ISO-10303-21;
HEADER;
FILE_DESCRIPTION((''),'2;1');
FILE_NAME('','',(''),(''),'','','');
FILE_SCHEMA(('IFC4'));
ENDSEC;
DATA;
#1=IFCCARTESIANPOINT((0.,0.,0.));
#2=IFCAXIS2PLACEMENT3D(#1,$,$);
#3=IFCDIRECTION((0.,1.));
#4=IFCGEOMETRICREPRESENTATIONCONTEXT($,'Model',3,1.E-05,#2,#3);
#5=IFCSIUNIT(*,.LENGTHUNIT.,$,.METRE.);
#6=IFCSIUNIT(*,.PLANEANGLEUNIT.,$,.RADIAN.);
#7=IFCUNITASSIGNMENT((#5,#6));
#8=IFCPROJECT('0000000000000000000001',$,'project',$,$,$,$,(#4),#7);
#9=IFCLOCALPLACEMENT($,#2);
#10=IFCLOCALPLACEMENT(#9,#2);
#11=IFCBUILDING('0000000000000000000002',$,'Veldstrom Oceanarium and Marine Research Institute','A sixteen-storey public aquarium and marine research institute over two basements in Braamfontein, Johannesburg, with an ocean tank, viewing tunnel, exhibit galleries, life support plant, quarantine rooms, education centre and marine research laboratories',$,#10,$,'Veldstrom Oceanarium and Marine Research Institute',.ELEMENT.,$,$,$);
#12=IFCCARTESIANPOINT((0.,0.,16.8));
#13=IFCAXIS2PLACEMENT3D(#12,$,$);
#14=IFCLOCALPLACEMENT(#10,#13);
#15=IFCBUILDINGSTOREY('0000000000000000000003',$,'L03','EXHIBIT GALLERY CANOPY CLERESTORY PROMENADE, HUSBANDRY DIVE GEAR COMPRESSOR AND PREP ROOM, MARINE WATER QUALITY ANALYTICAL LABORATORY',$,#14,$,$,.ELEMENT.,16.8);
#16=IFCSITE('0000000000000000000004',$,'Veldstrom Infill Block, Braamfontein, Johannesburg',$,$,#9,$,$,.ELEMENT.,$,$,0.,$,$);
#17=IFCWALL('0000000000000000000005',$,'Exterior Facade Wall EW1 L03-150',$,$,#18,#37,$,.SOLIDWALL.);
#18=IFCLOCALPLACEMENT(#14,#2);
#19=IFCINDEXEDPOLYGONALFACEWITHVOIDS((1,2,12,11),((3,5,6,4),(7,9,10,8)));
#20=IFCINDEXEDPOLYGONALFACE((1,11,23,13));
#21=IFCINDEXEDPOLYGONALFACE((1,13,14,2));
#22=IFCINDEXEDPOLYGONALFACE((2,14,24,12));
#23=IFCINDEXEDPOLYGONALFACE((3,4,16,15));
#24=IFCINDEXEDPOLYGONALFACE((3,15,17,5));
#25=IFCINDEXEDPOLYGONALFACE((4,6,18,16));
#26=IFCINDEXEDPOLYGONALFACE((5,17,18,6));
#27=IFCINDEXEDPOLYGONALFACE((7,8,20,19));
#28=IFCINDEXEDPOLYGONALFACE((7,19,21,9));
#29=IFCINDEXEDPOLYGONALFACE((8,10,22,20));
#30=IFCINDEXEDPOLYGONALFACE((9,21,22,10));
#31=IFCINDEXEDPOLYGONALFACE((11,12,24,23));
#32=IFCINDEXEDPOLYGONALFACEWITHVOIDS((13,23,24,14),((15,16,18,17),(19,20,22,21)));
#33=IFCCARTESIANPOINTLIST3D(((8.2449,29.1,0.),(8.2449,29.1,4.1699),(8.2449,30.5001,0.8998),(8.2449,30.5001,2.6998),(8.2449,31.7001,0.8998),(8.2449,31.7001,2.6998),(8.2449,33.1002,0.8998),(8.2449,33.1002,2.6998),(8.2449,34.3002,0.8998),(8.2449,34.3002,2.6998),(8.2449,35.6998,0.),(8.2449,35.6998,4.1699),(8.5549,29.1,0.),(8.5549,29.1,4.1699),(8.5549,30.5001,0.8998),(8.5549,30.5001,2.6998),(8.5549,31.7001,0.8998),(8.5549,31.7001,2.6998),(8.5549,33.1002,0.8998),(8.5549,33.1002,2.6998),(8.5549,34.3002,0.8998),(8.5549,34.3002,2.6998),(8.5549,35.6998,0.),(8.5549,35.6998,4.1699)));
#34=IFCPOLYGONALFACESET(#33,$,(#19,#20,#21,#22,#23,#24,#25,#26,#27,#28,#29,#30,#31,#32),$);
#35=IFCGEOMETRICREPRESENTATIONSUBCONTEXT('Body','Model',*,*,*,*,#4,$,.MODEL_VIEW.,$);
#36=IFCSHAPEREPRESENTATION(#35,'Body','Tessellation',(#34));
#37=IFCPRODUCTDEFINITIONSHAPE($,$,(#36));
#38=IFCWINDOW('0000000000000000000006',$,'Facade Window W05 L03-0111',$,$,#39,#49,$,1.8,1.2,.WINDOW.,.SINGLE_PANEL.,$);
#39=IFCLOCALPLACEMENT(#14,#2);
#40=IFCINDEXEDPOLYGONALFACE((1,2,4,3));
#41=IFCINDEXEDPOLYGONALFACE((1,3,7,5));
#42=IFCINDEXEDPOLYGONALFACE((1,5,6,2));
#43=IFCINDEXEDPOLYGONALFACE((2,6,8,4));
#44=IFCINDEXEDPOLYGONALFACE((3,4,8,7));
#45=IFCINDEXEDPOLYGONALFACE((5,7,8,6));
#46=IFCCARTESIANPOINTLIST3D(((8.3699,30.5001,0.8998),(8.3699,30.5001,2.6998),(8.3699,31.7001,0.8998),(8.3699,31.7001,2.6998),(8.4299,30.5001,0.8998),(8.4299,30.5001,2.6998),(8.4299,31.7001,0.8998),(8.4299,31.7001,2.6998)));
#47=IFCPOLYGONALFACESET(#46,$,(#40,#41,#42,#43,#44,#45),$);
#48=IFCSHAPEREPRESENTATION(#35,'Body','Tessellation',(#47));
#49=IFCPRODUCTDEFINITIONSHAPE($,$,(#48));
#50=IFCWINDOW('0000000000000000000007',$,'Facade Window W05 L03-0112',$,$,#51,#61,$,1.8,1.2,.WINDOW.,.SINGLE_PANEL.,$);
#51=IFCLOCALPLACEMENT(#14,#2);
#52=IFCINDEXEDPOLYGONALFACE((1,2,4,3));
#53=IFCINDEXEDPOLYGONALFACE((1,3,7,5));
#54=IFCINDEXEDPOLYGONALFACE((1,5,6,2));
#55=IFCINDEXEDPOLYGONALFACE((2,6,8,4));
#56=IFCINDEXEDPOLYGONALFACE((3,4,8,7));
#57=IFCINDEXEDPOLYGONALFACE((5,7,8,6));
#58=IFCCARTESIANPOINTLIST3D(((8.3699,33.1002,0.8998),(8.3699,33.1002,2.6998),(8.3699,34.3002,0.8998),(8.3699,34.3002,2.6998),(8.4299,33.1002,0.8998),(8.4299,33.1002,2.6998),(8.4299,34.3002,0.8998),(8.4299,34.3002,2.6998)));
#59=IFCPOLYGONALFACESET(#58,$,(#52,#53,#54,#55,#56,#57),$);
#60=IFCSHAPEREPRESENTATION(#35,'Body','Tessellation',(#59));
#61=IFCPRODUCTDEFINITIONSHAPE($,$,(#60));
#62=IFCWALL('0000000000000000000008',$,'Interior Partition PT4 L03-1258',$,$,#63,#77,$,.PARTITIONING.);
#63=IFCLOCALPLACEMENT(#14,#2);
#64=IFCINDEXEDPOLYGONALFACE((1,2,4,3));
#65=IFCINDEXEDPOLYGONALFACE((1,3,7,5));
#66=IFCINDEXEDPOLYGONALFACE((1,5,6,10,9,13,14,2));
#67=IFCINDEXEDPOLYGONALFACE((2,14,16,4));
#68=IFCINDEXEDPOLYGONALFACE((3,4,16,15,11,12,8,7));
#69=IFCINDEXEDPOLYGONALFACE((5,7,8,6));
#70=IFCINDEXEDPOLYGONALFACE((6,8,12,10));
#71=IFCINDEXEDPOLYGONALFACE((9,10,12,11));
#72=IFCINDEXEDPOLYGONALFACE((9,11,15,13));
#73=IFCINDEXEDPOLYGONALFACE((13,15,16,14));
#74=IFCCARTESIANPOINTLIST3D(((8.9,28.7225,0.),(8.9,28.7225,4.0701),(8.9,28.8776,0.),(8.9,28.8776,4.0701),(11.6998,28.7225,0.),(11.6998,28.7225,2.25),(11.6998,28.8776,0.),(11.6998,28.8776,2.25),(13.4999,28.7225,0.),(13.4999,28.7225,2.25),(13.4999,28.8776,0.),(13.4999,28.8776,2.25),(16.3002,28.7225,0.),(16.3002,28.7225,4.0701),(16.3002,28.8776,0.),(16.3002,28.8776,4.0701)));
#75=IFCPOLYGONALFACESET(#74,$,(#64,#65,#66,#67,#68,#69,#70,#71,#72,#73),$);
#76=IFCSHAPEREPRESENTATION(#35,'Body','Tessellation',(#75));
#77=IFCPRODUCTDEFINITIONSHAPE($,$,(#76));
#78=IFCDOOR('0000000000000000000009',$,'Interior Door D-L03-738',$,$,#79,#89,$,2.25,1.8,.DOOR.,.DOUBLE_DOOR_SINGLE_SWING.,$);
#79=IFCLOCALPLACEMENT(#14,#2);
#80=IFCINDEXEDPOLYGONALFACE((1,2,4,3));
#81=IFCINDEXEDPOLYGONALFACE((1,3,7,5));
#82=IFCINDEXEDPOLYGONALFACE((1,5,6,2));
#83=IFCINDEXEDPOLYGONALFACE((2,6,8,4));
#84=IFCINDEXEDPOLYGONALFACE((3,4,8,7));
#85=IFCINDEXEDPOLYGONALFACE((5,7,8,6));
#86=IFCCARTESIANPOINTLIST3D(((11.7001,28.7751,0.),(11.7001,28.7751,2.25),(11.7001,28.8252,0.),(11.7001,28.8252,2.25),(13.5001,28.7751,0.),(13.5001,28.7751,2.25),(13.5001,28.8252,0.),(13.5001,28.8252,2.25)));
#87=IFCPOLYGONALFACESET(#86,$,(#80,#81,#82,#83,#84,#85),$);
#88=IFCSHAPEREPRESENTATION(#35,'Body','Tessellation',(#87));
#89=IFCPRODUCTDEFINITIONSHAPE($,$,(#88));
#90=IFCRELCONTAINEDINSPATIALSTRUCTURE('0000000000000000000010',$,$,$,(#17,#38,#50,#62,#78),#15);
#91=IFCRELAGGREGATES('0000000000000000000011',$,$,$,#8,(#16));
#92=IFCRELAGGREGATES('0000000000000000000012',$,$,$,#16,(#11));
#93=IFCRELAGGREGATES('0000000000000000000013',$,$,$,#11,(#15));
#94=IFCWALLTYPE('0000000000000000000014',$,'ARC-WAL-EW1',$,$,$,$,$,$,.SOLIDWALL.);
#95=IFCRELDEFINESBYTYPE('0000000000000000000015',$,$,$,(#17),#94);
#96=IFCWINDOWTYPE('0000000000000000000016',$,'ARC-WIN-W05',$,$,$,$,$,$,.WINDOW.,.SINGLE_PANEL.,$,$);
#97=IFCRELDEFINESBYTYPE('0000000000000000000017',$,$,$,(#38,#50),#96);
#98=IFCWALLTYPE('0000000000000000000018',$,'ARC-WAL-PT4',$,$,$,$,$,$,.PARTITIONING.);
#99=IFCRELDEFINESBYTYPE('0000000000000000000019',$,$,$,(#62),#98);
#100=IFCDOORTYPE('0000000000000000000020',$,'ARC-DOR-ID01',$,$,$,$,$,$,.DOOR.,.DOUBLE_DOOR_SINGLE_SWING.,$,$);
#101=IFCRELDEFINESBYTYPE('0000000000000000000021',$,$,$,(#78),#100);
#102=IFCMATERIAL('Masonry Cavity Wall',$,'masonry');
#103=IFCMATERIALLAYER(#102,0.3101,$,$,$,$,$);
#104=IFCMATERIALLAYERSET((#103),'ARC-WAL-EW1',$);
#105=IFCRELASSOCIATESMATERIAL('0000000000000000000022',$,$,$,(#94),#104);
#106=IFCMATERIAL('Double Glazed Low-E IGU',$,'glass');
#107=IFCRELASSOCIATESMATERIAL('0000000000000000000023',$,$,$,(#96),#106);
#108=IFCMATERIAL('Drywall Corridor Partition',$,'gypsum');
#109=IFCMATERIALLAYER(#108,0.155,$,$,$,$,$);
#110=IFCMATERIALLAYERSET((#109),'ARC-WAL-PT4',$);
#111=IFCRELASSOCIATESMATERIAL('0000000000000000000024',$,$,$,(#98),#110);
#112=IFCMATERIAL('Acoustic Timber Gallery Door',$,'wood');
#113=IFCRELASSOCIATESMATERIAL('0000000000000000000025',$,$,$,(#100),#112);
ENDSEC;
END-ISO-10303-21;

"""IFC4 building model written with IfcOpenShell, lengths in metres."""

from ifc_helpers import new_model, si_unit, direction, frame, frame_2d, origin, place, context, subcontext, project, spatial, rectangle, extrude, material, layer, layer_set, type_object, element, fill, save


model = new_model("IFC4")

# Units and contexts
model_context = context("Model", 3, precision=1e-05, world=origin(), true_north=direction((0.0, 1.0)))
body_context = subcontext(model_context, "Body", "Model", "MODEL_VIEW")
ifc_project = project(units=[si_unit("LENGTHUNIT", "METRE"), si_unit("PLANEANGLEUNIT", "RADIAN")], contexts=[model_context])

# Site, building, storey
site_placement = place(None, origin())
site = spatial("IfcSite", under=ifc_project, at=site_placement, Name="Veldstrom Infill Block, Braamfontein, Johannesburg", CompositionType="ELEMENT", RefElevation=0.0)
building_placement = place(site_placement, origin())
building = spatial("IfcBuilding", under=site, at=building_placement, Name="Veldstrom Oceanarium and Marine Research Institute", Description="A sixteen-storey public aquarium and marine research institute over two basements in Braamfontein, Johannesburg, with an ocean tank, viewing tunnel, exhibit galleries, life support plant, quarantine rooms, education centre and marine research laboratories", LongName="Veldstrom Oceanarium and Marine Research Institute", CompositionType="ELEMENT")
storey_placement = place(building_placement, frame((0.0, 0.0, 16.8)))
storey = spatial("IfcBuildingStorey", under=building, at=storey_placement, Name="L03", Description="EXHIBIT GALLERY CANOPY CLERESTORY PROMENADE, HUSBANDRY DIVE GEAR COMPRESSOR AND PREP ROOM, MARINE WATER QUALITY ANALYTICAL LABORATORY", CompositionType="ELEMENT", Elevation=16.8)

# Wall, openings, windows
ifc_material_1 = material(Name="Masonry Cavity Wall", Category="masonry")
ifc_layer_1 = layer(ifc_material_1, 0.3101)
ifc_layer_set_1 = layer_set([ifc_layer_1], Name="ARC-WAL-EW1")
wall_type_1 = type_object("IfcWallType", Name="ARC-WAL-EW1", PredefinedType="SOLIDWALL", material=ifc_layer_set_1)
wall_1_placement = place(storey_placement, frame((8.3999, 29.1001, 0.0), z_axis=(0.0, 0.0, 1.0), x_axis=(0.0, 1.0, 0.0)))
wall_1 = element("IfcWall", 1, at=wall_1_placement, inside=storey, type_object=wall_type_1, Name="Exterior Facade Wall EW1 L03-150", PredefinedType="SOLIDWALL", context=body_context, shape_type="SweptSolid", body=[
    extrude(rectangle(XDim=6.5999, YDim=0.3101, at=frame_2d((3.2998, 0.0))), origin(), (0.0, 0.0, 1.0), 4.1699),
])
opening_1_placement = place(wall_1_placement, frame((1.3999, 0.0, 0.8999)))
opening_1 = element("IfcOpeningElement", 2, at=opening_1_placement, cuts=wall_1, PredefinedType="OPENING", context=body_context, shape_type="SweptSolid", body=[
    extrude(rectangle(XDim=1.2, YDim=1.8, at=frame_2d((0.6001, 0.8999))), frame((0.0, 0.165, 0.0), z_axis=(0.0, -1.0, 0.0), x_axis=(1.0, 0.0, 0.0)), (0.0, 0.0, 1.0), 0.3301),
])
opening_2_placement = place(wall_1_placement, frame((4.0, 0.0, 0.8999)))
opening_2 = element("IfcOpeningElement", 3, at=opening_2_placement, cuts=wall_1, PredefinedType="OPENING", context=body_context, shape_type="SweptSolid", body=[
    extrude(rectangle(XDim=1.2, YDim=1.8, at=frame_2d((0.6001, 0.8999))), frame((0.0, 0.165, 0.0), z_axis=(0.0, -1.0, 0.0), x_axis=(1.0, 0.0, 0.0)), (0.0, 0.0, 1.0), 0.3301),
])
ifc_material_2 = material(Name="Double Glazed Low-E IGU", Category="glass")
window_type = type_object("IfcWindowType", Name="ARC-WIN-W05", PartitioningType="SINGLE_PANEL", PredefinedType="WINDOW", material=ifc_material_2)
window_1_placement = place(opening_1_placement, origin())
window_1 = element("IfcWindow", 4, at=window_1_placement, inside=storey, type_object=window_type, Name="Facade Window W05 L03-0111", OverallHeight=1.8, OverallWidth=1.2, PartitioningType="SINGLE_PANEL", PredefinedType="WINDOW", context=body_context, shape_type="SweptSolid", body=[
    extrude(rectangle(XDim=1.2, YDim=1.8, at=frame_2d((0.6001, 0.8999))), frame((0.0, 0.03, 0.0), z_axis=(0.0, -1.0, 0.0), x_axis=(1.0, 0.0, 0.0)), (0.0, 0.0, 1.0), 0.0601),
])
fill(opening_1, window_1)
window_2_placement = place(opening_2_placement, origin())
window_2 = element("IfcWindow", 5, at=window_2_placement, inside=storey, type_object=window_type, Name="Facade Window W05 L03-0112", OverallHeight=1.8, OverallWidth=1.2, PartitioningType="SINGLE_PANEL", PredefinedType="WINDOW", context=body_context, shape_type="SweptSolid", body=[
    extrude(rectangle(XDim=1.2, YDim=1.8, at=frame_2d((0.6001, 0.8999))), frame((0.0, 0.03, 0.0), z_axis=(0.0, -1.0, 0.0), x_axis=(1.0, 0.0, 0.0)), (0.0, 0.0, 1.0), 0.0601),
])
fill(opening_2, window_2)

# Wall, opening, door
ifc_material_3 = material(Name="Drywall Corridor Partition", Category="gypsum")
ifc_layer_2 = layer(ifc_material_3, 0.155)
ifc_layer_set_2 = layer_set([ifc_layer_2], Name="ARC-WAL-PT4")
wall_type_2 = type_object("IfcWallType", Name="ARC-WAL-PT4", PredefinedType="PARTITIONING", material=ifc_layer_set_2)
wall_2_placement = place(storey_placement, frame((8.8999, 28.8, 0.0), z_axis=(0.0, 0.0, 1.0), x_axis=(1.0, 0.0, 0.0)))
wall_2 = element("IfcWall", 6, at=wall_2_placement, inside=storey, type_object=wall_type_2, Name="Interior Partition PT4 L03-1258", PredefinedType="PARTITIONING", context=body_context, shape_type="SweptSolid", body=[
    extrude(rectangle(XDim=7.4001, YDim=0.155, at=frame_2d((3.7002, 0.0))), origin(), (0.0, 0.0, 1.0), 4.0701),
])
opening_3_placement = place(wall_2_placement, frame((2.8, 0.0, 0.0)))
opening_3 = element("IfcOpeningElement", 7, at=opening_3_placement, cuts=wall_2, PredefinedType="OPENING", context=body_context, shape_type="SweptSolid", body=[
    extrude(rectangle(XDim=1.8, YDim=2.25, at=frame_2d((0.8999, 1.125))), frame((0.0, 0.0874, 0.0), z_axis=(0.0, -1.0, 0.0), x_axis=(1.0, 0.0, 0.0)), (0.0, 0.0, 1.0), 0.175),
])
ifc_material_4 = material(Name="Acoustic Timber Gallery Door", Category="wood")
door_type_1 = type_object("IfcDoorType", Name="ARC-DOR-ID01", OperationType="DOUBLE_DOOR_SINGLE_SWING", PredefinedType="DOOR", material=ifc_material_4)
door_1_placement = place(opening_3_placement, frame((1.8, 0.0, 0.0), z_axis=(0.0, 0.0, 1.0), x_axis=(-1.0, 0.0, 0.0)))
door_1 = element("IfcDoor", 8, at=door_1_placement, inside=storey, type_object=door_type_1, Name="Interior Door D-L03-738", OperationType="DOUBLE_DOOR_SINGLE_SWING", OverallHeight=2.25, OverallWidth=1.8, PredefinedType="DOOR", context=body_context, shape_type="SweptSolid", body=[
    extrude(rectangle(XDim=1.8, YDim=2.25, at=frame_2d((0.8999, 1.125))), frame((0.0, 0.0249, 0.0), z_axis=(0.0, -1.0, 0.0), x_axis=(1.0, 0.0, 0.0)), (0.0, 0.0, 1.0), 0.05),
])
fill(opening_3, door_1)

save(model, "model.ifc")
